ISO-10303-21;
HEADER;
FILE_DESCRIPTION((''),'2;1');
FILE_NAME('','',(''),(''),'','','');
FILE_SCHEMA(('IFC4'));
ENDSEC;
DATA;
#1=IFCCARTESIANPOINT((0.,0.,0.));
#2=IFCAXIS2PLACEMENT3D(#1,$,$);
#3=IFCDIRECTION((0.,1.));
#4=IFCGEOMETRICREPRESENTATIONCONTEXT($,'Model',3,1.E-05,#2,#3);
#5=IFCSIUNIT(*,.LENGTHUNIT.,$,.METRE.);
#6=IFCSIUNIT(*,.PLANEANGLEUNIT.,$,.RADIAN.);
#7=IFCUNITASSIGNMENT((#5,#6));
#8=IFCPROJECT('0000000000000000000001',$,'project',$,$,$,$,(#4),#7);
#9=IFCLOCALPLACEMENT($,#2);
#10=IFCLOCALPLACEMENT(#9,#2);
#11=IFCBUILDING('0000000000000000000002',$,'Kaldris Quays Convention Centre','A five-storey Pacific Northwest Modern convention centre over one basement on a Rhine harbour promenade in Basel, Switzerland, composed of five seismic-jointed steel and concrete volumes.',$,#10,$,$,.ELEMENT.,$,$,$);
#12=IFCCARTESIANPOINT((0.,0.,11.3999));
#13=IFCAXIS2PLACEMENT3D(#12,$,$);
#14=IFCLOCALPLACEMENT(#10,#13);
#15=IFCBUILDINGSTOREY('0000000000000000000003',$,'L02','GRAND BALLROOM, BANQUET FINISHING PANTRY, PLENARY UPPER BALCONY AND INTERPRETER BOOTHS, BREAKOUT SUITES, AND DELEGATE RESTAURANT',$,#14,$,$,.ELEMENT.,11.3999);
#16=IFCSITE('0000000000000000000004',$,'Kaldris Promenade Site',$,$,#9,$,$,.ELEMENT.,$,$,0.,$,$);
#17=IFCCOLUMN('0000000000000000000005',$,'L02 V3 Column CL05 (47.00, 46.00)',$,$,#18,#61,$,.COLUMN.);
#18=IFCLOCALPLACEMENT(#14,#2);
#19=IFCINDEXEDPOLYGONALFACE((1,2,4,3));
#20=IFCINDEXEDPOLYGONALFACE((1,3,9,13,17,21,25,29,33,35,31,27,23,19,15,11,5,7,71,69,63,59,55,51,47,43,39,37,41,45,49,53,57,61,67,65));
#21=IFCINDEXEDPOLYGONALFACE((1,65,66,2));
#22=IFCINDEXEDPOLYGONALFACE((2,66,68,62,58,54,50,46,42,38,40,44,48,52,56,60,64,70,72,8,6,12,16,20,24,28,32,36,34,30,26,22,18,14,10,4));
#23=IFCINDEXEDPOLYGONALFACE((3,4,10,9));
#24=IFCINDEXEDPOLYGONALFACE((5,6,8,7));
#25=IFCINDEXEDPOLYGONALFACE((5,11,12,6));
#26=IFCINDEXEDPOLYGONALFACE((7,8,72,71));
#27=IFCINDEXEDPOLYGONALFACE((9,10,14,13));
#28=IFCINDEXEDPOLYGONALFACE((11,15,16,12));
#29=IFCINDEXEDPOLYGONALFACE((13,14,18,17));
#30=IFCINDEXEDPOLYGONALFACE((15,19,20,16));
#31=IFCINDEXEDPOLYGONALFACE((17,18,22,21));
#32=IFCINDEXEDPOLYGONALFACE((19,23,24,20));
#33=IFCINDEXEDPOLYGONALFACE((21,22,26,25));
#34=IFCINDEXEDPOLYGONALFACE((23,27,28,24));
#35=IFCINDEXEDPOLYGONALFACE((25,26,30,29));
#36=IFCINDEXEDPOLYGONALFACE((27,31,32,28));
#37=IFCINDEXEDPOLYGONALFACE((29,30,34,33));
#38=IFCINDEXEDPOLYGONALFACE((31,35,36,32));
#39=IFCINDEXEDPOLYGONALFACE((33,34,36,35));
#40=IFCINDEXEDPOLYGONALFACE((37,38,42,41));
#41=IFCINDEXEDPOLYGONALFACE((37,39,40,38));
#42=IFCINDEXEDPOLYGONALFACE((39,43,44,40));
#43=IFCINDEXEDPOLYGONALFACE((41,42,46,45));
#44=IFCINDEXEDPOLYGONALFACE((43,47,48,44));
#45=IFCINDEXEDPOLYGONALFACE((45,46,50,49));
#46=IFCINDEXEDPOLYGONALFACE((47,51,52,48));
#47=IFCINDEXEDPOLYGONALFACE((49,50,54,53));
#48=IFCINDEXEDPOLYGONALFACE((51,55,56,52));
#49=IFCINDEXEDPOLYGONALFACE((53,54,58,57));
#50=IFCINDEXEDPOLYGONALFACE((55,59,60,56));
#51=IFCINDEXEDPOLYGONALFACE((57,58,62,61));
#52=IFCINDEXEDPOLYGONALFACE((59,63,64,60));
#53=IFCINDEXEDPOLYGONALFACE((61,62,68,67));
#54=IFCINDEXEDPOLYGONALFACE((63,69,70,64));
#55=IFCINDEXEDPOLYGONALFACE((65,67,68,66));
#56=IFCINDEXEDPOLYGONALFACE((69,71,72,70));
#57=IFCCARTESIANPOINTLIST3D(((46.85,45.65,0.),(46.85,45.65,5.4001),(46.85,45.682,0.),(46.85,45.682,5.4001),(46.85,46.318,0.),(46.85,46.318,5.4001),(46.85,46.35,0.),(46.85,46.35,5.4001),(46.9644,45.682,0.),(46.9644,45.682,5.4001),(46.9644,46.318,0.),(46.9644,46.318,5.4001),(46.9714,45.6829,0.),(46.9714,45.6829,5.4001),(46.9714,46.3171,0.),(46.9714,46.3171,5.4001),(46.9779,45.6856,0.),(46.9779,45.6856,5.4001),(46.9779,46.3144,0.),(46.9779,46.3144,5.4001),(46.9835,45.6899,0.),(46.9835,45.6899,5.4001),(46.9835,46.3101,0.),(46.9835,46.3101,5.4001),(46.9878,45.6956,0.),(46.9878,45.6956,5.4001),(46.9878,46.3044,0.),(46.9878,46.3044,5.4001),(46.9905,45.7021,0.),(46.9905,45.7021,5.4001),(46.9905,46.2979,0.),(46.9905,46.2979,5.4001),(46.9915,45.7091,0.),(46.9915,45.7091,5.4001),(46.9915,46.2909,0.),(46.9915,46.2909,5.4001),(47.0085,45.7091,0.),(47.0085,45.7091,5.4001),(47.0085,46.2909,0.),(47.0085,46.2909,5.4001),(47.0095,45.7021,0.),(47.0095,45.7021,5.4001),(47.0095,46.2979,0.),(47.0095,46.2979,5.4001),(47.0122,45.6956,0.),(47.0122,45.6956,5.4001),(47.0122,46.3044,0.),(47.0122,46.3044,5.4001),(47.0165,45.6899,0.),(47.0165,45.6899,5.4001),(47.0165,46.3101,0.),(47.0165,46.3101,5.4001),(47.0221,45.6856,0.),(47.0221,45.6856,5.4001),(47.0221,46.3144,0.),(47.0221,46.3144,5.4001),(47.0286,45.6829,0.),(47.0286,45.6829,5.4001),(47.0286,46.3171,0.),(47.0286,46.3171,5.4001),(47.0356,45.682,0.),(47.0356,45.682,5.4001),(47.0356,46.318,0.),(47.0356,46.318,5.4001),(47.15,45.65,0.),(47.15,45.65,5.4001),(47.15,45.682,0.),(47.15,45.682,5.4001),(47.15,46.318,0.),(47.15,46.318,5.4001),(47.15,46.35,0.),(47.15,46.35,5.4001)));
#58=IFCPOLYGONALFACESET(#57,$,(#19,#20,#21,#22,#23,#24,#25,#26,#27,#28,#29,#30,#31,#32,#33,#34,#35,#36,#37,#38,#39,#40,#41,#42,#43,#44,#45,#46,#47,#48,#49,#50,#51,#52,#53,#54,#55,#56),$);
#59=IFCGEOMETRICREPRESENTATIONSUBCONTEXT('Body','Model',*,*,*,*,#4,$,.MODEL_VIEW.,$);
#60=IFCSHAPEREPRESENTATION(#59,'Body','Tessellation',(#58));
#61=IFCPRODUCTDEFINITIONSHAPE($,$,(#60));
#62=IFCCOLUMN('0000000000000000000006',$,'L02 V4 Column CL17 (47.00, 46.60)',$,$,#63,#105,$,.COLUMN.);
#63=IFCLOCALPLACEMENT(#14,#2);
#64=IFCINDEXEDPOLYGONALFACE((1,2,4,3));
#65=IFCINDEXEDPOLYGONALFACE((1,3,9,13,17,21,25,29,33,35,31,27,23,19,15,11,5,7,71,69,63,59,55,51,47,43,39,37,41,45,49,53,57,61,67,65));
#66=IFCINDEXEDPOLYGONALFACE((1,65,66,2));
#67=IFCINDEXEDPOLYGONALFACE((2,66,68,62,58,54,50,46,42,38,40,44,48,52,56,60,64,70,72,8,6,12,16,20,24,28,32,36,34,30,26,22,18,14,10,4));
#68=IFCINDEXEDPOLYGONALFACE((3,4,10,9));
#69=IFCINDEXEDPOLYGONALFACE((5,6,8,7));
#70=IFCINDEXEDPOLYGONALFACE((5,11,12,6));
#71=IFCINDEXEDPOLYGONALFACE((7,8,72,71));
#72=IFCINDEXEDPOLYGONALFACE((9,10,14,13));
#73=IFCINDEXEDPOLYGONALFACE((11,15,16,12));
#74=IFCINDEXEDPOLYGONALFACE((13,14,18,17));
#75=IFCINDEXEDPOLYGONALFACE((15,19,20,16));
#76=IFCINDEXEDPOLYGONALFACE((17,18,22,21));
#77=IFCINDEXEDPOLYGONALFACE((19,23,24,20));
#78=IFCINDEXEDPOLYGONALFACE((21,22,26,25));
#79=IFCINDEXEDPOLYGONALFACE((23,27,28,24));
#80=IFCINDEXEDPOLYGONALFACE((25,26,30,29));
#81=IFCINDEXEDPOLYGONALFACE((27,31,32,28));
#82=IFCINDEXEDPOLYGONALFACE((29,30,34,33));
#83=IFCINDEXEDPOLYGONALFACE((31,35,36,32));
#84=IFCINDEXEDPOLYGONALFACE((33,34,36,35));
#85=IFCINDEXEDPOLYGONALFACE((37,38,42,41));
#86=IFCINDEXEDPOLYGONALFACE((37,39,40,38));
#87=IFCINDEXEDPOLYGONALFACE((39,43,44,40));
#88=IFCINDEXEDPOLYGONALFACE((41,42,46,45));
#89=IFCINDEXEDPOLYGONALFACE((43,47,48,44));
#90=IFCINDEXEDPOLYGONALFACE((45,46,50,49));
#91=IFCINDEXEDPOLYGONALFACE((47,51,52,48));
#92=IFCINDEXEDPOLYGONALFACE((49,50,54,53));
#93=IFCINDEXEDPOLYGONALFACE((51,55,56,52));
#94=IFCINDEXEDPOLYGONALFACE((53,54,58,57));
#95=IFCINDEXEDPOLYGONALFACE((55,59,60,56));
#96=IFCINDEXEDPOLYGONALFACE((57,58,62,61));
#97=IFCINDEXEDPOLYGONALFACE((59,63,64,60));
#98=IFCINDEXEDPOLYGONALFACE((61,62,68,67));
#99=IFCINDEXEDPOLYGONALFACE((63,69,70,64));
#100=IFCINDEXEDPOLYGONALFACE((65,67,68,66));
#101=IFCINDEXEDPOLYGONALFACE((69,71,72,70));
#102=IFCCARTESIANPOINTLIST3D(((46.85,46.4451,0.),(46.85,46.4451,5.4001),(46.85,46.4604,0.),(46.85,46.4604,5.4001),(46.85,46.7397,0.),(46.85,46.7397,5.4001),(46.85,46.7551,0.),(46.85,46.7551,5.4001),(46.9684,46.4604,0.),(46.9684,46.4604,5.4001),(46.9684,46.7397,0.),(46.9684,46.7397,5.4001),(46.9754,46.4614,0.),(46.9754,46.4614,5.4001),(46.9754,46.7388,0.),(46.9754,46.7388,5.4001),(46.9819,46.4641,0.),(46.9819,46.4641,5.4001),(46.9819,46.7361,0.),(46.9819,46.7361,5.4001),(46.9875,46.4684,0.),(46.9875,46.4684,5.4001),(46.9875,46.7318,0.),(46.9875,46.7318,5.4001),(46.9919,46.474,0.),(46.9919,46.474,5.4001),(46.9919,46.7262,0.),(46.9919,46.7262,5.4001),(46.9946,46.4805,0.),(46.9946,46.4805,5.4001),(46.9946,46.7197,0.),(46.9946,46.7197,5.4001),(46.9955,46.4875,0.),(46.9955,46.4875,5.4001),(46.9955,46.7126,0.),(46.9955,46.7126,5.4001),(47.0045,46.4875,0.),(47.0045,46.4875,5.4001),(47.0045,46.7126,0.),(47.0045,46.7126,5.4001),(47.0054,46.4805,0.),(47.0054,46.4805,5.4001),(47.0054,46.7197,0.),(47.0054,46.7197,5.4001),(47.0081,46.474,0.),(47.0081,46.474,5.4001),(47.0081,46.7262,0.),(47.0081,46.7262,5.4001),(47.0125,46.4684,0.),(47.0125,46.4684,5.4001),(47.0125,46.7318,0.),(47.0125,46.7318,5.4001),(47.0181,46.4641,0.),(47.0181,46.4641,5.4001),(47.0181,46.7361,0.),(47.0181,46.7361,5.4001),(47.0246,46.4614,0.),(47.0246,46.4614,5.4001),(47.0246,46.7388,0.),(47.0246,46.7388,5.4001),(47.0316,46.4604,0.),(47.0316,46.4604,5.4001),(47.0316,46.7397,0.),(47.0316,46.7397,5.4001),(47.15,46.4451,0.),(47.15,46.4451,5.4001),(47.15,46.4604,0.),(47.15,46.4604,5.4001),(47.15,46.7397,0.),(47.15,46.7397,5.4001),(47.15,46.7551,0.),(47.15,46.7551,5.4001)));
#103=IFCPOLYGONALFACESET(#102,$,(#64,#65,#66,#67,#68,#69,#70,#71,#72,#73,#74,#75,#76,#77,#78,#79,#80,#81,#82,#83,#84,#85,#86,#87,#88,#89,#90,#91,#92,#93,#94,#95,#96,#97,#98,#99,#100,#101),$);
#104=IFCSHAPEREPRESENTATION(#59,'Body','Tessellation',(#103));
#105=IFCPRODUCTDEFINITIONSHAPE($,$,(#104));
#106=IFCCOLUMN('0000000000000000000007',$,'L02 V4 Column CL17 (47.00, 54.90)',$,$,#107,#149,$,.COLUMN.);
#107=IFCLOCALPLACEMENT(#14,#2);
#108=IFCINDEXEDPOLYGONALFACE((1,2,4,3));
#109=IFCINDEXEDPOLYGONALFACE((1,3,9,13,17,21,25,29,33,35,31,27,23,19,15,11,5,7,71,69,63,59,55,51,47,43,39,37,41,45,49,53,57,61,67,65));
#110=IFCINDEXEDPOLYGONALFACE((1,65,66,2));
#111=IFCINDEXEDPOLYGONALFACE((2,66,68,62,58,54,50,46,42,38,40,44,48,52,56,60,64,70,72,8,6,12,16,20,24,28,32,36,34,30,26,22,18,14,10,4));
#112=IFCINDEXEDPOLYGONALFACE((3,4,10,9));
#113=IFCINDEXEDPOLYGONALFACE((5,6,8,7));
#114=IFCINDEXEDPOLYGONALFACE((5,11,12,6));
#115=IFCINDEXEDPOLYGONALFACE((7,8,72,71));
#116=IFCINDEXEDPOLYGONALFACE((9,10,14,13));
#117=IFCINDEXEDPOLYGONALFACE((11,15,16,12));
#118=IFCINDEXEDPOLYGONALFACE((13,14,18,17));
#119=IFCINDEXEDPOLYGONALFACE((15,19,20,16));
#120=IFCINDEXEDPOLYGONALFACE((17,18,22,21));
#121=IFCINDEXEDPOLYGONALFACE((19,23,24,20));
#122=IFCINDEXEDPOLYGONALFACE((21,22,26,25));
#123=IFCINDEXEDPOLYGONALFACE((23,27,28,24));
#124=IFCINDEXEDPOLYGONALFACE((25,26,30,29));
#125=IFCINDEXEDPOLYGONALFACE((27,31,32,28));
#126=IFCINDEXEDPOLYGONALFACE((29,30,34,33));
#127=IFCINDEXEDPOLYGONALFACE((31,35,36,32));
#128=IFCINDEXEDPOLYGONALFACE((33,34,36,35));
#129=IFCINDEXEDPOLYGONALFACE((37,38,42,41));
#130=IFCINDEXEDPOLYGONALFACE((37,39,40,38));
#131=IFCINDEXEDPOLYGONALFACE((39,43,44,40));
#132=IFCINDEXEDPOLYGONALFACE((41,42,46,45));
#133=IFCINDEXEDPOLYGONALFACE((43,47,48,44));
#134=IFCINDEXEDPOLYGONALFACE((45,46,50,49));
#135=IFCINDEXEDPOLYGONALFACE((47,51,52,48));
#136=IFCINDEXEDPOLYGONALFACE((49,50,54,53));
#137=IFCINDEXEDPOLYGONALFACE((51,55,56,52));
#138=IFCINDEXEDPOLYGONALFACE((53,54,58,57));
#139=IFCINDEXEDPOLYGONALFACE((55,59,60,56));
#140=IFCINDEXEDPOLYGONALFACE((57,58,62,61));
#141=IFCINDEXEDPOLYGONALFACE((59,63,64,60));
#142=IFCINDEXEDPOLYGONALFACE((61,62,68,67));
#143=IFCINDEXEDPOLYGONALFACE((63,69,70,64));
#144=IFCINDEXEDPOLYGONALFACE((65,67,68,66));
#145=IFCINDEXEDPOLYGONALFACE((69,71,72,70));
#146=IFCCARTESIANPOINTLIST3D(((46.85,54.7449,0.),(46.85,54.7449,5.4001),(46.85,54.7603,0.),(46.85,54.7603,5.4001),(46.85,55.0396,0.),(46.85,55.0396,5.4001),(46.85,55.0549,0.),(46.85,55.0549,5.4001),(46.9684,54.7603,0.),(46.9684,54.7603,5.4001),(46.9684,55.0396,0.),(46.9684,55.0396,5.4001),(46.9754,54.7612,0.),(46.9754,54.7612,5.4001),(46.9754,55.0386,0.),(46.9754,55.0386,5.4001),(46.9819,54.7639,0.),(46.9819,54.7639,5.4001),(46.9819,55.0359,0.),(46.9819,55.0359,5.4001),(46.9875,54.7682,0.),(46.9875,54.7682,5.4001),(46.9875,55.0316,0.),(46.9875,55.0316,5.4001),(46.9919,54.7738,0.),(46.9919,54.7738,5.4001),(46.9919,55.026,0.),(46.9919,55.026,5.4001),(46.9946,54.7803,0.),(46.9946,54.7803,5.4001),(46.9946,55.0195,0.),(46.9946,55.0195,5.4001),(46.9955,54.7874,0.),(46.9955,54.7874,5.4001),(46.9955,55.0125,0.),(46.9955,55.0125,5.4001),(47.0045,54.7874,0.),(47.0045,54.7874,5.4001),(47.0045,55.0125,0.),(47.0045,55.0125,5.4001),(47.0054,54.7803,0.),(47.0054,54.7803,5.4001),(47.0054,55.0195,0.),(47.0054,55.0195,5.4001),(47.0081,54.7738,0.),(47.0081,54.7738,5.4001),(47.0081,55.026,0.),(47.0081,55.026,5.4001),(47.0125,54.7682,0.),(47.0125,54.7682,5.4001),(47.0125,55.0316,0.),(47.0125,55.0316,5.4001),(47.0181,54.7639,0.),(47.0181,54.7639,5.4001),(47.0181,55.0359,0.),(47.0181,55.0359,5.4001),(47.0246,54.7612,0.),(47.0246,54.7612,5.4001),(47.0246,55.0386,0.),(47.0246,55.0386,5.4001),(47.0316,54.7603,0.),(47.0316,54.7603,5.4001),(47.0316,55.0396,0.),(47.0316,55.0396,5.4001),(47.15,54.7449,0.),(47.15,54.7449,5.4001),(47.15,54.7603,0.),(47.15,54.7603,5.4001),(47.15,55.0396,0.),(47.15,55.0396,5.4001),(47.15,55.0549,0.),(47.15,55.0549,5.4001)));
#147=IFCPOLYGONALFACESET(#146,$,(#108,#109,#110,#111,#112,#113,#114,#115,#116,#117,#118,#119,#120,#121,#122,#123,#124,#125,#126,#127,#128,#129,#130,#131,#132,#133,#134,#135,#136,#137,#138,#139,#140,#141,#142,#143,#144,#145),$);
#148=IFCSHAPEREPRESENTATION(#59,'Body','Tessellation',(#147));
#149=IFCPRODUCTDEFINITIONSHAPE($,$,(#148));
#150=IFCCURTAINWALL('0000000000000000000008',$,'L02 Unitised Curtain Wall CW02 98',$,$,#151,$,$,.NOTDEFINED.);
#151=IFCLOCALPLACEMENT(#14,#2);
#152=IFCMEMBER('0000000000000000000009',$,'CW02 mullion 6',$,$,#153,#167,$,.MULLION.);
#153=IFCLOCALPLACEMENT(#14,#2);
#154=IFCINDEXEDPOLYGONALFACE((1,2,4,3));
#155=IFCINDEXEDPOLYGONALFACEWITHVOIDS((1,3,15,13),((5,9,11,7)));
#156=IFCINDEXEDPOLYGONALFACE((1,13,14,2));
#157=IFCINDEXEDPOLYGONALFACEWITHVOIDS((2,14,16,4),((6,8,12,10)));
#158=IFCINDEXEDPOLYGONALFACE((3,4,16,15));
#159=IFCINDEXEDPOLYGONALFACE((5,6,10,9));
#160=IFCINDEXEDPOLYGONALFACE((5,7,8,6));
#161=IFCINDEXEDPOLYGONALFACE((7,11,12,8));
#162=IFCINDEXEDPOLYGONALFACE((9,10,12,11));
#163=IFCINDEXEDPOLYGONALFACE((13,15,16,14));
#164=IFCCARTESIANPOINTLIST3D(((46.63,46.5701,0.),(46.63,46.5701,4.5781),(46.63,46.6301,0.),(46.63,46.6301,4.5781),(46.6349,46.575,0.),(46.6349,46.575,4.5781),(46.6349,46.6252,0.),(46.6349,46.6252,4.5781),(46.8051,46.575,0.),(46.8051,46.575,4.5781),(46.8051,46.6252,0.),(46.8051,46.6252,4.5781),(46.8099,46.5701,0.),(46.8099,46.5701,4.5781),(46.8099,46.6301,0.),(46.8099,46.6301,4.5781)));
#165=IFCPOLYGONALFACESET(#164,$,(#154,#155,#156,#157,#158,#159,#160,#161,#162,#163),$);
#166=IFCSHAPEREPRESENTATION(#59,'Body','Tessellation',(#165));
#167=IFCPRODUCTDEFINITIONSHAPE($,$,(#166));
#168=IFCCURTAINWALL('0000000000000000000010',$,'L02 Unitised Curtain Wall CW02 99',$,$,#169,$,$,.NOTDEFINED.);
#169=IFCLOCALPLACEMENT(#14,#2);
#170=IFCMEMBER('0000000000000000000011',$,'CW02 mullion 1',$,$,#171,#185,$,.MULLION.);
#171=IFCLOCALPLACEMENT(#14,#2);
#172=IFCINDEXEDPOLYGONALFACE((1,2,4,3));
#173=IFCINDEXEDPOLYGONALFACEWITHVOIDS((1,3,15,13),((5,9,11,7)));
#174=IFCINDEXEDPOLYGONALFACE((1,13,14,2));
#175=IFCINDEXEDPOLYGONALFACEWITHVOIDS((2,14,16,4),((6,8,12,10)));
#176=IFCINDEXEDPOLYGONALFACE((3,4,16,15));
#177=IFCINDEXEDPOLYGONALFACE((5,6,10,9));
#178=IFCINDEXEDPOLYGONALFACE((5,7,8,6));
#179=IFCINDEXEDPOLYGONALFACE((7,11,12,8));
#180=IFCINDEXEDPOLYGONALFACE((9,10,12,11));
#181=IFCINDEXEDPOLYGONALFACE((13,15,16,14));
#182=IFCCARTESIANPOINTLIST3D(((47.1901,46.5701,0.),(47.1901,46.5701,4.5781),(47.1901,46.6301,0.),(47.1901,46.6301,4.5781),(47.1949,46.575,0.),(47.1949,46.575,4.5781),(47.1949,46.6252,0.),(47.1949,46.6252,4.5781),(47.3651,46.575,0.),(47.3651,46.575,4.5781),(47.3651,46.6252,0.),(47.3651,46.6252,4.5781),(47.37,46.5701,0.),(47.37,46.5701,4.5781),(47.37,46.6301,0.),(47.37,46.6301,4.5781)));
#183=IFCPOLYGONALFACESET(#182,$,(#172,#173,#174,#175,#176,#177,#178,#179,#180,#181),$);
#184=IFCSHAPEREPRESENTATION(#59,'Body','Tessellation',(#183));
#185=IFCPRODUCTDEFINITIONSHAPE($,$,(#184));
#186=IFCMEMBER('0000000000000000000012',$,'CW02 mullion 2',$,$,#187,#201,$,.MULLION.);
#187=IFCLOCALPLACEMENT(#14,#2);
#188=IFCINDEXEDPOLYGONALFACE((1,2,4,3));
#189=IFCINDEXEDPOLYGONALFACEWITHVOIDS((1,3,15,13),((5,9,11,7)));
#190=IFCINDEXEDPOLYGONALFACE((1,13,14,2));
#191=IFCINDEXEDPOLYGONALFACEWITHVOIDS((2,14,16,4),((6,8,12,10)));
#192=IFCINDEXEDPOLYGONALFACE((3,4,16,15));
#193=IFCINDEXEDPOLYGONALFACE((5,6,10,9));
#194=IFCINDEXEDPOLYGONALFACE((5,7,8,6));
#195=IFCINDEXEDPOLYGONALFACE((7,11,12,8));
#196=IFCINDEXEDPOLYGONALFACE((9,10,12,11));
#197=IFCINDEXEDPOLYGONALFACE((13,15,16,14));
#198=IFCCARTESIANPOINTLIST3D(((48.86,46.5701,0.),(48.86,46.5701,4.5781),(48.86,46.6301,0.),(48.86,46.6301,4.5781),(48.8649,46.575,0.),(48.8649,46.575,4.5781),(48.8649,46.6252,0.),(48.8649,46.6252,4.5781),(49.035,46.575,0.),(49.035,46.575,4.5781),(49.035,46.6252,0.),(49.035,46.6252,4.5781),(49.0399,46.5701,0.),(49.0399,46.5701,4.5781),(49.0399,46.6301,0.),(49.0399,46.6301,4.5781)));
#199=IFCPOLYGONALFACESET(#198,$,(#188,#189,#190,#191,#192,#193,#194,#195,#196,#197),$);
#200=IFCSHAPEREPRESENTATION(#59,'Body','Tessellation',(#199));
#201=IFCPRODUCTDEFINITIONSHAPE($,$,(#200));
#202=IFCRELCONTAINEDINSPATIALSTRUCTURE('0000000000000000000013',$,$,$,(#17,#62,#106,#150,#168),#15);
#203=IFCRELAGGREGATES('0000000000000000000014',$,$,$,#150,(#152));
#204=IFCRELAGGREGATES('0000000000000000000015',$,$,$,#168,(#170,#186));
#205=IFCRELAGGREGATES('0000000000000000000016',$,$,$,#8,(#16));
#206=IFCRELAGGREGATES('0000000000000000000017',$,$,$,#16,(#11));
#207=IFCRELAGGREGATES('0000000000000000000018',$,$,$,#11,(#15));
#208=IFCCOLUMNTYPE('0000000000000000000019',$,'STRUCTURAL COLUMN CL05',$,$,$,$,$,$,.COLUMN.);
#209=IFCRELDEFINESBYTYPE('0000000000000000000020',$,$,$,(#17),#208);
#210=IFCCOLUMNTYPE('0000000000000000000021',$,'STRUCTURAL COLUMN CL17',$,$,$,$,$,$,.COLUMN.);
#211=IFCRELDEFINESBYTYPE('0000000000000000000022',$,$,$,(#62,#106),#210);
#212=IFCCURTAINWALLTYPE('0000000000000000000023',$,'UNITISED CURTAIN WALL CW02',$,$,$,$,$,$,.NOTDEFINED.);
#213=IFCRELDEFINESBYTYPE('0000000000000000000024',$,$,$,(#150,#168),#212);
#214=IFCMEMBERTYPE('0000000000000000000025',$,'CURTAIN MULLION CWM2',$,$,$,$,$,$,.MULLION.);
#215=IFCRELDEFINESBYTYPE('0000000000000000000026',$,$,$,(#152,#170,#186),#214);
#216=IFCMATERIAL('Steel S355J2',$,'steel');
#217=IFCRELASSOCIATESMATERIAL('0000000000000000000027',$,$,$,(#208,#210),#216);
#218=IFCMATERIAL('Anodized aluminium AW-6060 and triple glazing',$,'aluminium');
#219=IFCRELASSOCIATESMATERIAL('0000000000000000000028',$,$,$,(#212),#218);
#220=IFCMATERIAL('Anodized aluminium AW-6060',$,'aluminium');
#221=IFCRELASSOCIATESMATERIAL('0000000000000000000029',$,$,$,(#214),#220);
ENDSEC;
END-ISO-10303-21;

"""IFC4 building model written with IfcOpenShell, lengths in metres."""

from ifc_helpers import new_model, si_unit, direction, frame, origin, origin_2d, place, context, subcontext, project, spatial, hollow_rectangle, i_section, extrude, material, material_profile, profile_set, type_object, element, aggregate, save


model = new_model("IFC4")

# Units and contexts
model_context = context("Model", 3, precision=1e-05, world=origin(), true_north=direction((0.0, 1.0)))
body_context = subcontext(model_context, "Body", "Model", "MODEL_VIEW")
ifc_project = project(units=[si_unit("LENGTHUNIT", "METRE"), si_unit("PLANEANGLEUNIT", "RADIAN")], contexts=[model_context])

# Site, building, storey
site_placement = place(None, origin())
site = spatial("IfcSite", under=ifc_project, at=site_placement, Name="Kaldris Promenade Site", CompositionType="ELEMENT", RefElevation=0.0)
building_placement = place(site_placement, origin())
building = spatial("IfcBuilding", under=site, at=building_placement, Name="Kaldris Quays Convention Centre", Description="A five-storey Pacific Northwest Modern convention centre over one basement on a Rhine harbour promenade in Basel, Switzerland, composed of five seismic-jointed steel and concrete volumes.", CompositionType="ELEMENT")
storey_placement = place(building_placement, frame((0.0, 0.0, 11.3999)))
storey = spatial("IfcBuildingStorey", under=building, at=storey_placement, Name="L02", Description="GRAND BALLROOM, BANQUET FINISHING PANTRY, PLENARY UPPER BALCONY AND INTERPRETER BOOTHS, BREAKOUT SUITES, AND DELEGATE RESTAURANT", CompositionType="ELEMENT", Elevation=11.3999)

# Columns
ifc_material_1 = material(Name="Steel S355J2", Category="steel")
ifc_material_profile_1 = material_profile(ifc_material_1, i_section(OverallWidth=0.3, OverallDepth=0.7, WebThickness=0.0171, FlangeThickness=0.032, FilletRadius=0.0271, at=origin_2d()), Name="HEB 700")
ifc_profile_set_1 = profile_set([ifc_material_profile_1], Name="Steel S355J2")
column_type_1 = type_object("IfcColumnType", Name="STRUCTURAL COLUMN CL05", PredefinedType="COLUMN", material=ifc_profile_set_1)
column_placement = place(storey_placement, frame((47.0, 46.0, 0.0), z_axis=(0.0, 0.0, 1.0), x_axis=(1.0, 0.0, 0.0)))
element("IfcColumn", 1, at=column_placement, inside=storey, type_object=column_type_1, Name="L02 V3 Column CL05 (47.00, 46.00)", PredefinedType="COLUMN", context=body_context, shape_type="SweptSolid", body=[
    extrude(i_section(OverallWidth=0.3, OverallDepth=0.7, WebThickness=0.0171, FlangeThickness=0.032, FilletRadius=0.0271, at=origin_2d()), origin(), (0.0, 0.0, 1.0), 5.4001),
])
ifc_material_profile_2 = material_profile(ifc_material_1, i_section(OverallWidth=0.3, OverallDepth=0.3101, WebThickness=0.009, FlangeThickness=0.0154, FilletRadius=0.0271, at=origin_2d()), Name="HEA 320")
ifc_profile_set_2 = profile_set([ifc_material_profile_2], Name="Steel S355J2")
column_type_2 = type_object("IfcColumnType", Name="STRUCTURAL COLUMN CL17", PredefinedType="COLUMN", material=ifc_profile_set_2)
for number, where, z_axis, x_axis, name in (
    (2, (47.0, 46.6001, 0.0), (0.0, 0.0, 1.0), (1.0, 0.0, 0.0), "L02 V4 Column CL17 (47.00, 46.60)"),
    (3, (47.0, 54.8999, 0.0), (0.0, 0.0, 1.0), (1.0, 0.0, 0.0), "L02 V4 Column CL17 (47.00, 54.90)"),
):
    element("IfcColumn", number, at=place(storey_placement, frame(where, z_axis=z_axis, x_axis=x_axis)), inside=storey, type_object=column_type_2, Name=name, PredefinedType="COLUMN", context=body_context, shape_type="SweptSolid", body=[
        extrude(i_section(OverallWidth=0.3, OverallDepth=0.3101, WebThickness=0.009, FlangeThickness=0.0154, FilletRadius=0.0271, at=origin_2d()), origin(), (0.0, 0.0, 1.0), 5.4001),
    ])

# Curtain wall, member
ifc_material_2 = material(Name="Anodized aluminium AW-6060 and triple glazing", Category="aluminium")
curtain_wall_type = type_object("IfcCurtainWallType", Name="UNITISED CURTAIN WALL CW02", PredefinedType="NOTDEFINED", material=ifc_material_2)
curtain_wall_1_placement = place(storey_placement, origin())
curtain_wall_1 = element("IfcCurtainWall", 4, at=curtain_wall_1_placement, inside=storey, type_object=curtain_wall_type, Name="L02 Unitised Curtain Wall CW02 98", PredefinedType="NOTDEFINED")
ifc_material_3 = material(Name="Anodized aluminium AW-6060", Category="aluminium")
ifc_material_profile_3 = material_profile(ifc_material_3, hollow_rectangle(XDim=0.0601, YDim=0.1799, WallThickness=0.0049, at=origin_2d()), Name="RHS 180x60x5")
ifc_profile_set_3 = profile_set([ifc_material_profile_3], Name="Anodized aluminium AW-6060")
member_type_1 = type_object("IfcMemberType", Name="CURTAIN MULLION CWM2", PredefinedType="MULLION", material=ifc_profile_set_3)
member_1_placement = place(storey_placement, frame((46.72, 46.6001, 0.0), z_axis=(0.0, 0.0, 1.0), x_axis=(0.0, 1.0, 0.0)))
member_1 = element("IfcMember", 5, at=member_1_placement, type_object=member_type_1, Name="CW02 mullion 6", PredefinedType="MULLION", context=body_context, shape_type="SweptSolid", body=[
    extrude(hollow_rectangle(XDim=0.0601, YDim=0.1799, WallThickness=0.0049, at=origin_2d()), origin(), (0.0, 0.0, 1.0), 4.5781),
])

# Curtain wall, members
curtain_wall_2_placement = place(storey_placement, origin())
curtain_wall_2 = element("IfcCurtainWall", 6, at=curtain_wall_2_placement, inside=storey, type_object=curtain_wall_type, Name="L02 Unitised Curtain Wall CW02 99", PredefinedType="NOTDEFINED")
member_2_placement = place(storey_placement, frame((47.28, 46.6001, 0.0), z_axis=(0.0, 0.0, 1.0), x_axis=(0.0, 1.0, 0.0)))
member_2 = element("IfcMember", 7, at=member_2_placement, type_object=member_type_1, Name="CW02 mullion 1", PredefinedType="MULLION", context=body_context, shape_type="SweptSolid", body=[
    extrude(hollow_rectangle(XDim=0.0601, YDim=0.1799, WallThickness=0.0049, at=origin_2d()), origin(), (0.0, 0.0, 1.0), 4.5781),
])
member_3_placement = place(storey_placement, frame((48.95, 46.6001, 0.0), z_axis=(0.0, 0.0, 1.0), x_axis=(0.0, 1.0, 0.0)))
member_3 = element("IfcMember", 8, at=member_3_placement, type_object=member_type_1, Name="CW02 mullion 2", PredefinedType="MULLION", context=body_context, shape_type="SweptSolid", body=[
    extrude(hollow_rectangle(XDim=0.0601, YDim=0.1799, WallThickness=0.0049, at=origin_2d()), origin(), (0.0, 0.0, 1.0), 4.5781),
])

aggregate(curtain_wall_1, [member_1])
aggregate(curtain_wall_2, [member_2, member_3])

save(model, "model.ifc")
